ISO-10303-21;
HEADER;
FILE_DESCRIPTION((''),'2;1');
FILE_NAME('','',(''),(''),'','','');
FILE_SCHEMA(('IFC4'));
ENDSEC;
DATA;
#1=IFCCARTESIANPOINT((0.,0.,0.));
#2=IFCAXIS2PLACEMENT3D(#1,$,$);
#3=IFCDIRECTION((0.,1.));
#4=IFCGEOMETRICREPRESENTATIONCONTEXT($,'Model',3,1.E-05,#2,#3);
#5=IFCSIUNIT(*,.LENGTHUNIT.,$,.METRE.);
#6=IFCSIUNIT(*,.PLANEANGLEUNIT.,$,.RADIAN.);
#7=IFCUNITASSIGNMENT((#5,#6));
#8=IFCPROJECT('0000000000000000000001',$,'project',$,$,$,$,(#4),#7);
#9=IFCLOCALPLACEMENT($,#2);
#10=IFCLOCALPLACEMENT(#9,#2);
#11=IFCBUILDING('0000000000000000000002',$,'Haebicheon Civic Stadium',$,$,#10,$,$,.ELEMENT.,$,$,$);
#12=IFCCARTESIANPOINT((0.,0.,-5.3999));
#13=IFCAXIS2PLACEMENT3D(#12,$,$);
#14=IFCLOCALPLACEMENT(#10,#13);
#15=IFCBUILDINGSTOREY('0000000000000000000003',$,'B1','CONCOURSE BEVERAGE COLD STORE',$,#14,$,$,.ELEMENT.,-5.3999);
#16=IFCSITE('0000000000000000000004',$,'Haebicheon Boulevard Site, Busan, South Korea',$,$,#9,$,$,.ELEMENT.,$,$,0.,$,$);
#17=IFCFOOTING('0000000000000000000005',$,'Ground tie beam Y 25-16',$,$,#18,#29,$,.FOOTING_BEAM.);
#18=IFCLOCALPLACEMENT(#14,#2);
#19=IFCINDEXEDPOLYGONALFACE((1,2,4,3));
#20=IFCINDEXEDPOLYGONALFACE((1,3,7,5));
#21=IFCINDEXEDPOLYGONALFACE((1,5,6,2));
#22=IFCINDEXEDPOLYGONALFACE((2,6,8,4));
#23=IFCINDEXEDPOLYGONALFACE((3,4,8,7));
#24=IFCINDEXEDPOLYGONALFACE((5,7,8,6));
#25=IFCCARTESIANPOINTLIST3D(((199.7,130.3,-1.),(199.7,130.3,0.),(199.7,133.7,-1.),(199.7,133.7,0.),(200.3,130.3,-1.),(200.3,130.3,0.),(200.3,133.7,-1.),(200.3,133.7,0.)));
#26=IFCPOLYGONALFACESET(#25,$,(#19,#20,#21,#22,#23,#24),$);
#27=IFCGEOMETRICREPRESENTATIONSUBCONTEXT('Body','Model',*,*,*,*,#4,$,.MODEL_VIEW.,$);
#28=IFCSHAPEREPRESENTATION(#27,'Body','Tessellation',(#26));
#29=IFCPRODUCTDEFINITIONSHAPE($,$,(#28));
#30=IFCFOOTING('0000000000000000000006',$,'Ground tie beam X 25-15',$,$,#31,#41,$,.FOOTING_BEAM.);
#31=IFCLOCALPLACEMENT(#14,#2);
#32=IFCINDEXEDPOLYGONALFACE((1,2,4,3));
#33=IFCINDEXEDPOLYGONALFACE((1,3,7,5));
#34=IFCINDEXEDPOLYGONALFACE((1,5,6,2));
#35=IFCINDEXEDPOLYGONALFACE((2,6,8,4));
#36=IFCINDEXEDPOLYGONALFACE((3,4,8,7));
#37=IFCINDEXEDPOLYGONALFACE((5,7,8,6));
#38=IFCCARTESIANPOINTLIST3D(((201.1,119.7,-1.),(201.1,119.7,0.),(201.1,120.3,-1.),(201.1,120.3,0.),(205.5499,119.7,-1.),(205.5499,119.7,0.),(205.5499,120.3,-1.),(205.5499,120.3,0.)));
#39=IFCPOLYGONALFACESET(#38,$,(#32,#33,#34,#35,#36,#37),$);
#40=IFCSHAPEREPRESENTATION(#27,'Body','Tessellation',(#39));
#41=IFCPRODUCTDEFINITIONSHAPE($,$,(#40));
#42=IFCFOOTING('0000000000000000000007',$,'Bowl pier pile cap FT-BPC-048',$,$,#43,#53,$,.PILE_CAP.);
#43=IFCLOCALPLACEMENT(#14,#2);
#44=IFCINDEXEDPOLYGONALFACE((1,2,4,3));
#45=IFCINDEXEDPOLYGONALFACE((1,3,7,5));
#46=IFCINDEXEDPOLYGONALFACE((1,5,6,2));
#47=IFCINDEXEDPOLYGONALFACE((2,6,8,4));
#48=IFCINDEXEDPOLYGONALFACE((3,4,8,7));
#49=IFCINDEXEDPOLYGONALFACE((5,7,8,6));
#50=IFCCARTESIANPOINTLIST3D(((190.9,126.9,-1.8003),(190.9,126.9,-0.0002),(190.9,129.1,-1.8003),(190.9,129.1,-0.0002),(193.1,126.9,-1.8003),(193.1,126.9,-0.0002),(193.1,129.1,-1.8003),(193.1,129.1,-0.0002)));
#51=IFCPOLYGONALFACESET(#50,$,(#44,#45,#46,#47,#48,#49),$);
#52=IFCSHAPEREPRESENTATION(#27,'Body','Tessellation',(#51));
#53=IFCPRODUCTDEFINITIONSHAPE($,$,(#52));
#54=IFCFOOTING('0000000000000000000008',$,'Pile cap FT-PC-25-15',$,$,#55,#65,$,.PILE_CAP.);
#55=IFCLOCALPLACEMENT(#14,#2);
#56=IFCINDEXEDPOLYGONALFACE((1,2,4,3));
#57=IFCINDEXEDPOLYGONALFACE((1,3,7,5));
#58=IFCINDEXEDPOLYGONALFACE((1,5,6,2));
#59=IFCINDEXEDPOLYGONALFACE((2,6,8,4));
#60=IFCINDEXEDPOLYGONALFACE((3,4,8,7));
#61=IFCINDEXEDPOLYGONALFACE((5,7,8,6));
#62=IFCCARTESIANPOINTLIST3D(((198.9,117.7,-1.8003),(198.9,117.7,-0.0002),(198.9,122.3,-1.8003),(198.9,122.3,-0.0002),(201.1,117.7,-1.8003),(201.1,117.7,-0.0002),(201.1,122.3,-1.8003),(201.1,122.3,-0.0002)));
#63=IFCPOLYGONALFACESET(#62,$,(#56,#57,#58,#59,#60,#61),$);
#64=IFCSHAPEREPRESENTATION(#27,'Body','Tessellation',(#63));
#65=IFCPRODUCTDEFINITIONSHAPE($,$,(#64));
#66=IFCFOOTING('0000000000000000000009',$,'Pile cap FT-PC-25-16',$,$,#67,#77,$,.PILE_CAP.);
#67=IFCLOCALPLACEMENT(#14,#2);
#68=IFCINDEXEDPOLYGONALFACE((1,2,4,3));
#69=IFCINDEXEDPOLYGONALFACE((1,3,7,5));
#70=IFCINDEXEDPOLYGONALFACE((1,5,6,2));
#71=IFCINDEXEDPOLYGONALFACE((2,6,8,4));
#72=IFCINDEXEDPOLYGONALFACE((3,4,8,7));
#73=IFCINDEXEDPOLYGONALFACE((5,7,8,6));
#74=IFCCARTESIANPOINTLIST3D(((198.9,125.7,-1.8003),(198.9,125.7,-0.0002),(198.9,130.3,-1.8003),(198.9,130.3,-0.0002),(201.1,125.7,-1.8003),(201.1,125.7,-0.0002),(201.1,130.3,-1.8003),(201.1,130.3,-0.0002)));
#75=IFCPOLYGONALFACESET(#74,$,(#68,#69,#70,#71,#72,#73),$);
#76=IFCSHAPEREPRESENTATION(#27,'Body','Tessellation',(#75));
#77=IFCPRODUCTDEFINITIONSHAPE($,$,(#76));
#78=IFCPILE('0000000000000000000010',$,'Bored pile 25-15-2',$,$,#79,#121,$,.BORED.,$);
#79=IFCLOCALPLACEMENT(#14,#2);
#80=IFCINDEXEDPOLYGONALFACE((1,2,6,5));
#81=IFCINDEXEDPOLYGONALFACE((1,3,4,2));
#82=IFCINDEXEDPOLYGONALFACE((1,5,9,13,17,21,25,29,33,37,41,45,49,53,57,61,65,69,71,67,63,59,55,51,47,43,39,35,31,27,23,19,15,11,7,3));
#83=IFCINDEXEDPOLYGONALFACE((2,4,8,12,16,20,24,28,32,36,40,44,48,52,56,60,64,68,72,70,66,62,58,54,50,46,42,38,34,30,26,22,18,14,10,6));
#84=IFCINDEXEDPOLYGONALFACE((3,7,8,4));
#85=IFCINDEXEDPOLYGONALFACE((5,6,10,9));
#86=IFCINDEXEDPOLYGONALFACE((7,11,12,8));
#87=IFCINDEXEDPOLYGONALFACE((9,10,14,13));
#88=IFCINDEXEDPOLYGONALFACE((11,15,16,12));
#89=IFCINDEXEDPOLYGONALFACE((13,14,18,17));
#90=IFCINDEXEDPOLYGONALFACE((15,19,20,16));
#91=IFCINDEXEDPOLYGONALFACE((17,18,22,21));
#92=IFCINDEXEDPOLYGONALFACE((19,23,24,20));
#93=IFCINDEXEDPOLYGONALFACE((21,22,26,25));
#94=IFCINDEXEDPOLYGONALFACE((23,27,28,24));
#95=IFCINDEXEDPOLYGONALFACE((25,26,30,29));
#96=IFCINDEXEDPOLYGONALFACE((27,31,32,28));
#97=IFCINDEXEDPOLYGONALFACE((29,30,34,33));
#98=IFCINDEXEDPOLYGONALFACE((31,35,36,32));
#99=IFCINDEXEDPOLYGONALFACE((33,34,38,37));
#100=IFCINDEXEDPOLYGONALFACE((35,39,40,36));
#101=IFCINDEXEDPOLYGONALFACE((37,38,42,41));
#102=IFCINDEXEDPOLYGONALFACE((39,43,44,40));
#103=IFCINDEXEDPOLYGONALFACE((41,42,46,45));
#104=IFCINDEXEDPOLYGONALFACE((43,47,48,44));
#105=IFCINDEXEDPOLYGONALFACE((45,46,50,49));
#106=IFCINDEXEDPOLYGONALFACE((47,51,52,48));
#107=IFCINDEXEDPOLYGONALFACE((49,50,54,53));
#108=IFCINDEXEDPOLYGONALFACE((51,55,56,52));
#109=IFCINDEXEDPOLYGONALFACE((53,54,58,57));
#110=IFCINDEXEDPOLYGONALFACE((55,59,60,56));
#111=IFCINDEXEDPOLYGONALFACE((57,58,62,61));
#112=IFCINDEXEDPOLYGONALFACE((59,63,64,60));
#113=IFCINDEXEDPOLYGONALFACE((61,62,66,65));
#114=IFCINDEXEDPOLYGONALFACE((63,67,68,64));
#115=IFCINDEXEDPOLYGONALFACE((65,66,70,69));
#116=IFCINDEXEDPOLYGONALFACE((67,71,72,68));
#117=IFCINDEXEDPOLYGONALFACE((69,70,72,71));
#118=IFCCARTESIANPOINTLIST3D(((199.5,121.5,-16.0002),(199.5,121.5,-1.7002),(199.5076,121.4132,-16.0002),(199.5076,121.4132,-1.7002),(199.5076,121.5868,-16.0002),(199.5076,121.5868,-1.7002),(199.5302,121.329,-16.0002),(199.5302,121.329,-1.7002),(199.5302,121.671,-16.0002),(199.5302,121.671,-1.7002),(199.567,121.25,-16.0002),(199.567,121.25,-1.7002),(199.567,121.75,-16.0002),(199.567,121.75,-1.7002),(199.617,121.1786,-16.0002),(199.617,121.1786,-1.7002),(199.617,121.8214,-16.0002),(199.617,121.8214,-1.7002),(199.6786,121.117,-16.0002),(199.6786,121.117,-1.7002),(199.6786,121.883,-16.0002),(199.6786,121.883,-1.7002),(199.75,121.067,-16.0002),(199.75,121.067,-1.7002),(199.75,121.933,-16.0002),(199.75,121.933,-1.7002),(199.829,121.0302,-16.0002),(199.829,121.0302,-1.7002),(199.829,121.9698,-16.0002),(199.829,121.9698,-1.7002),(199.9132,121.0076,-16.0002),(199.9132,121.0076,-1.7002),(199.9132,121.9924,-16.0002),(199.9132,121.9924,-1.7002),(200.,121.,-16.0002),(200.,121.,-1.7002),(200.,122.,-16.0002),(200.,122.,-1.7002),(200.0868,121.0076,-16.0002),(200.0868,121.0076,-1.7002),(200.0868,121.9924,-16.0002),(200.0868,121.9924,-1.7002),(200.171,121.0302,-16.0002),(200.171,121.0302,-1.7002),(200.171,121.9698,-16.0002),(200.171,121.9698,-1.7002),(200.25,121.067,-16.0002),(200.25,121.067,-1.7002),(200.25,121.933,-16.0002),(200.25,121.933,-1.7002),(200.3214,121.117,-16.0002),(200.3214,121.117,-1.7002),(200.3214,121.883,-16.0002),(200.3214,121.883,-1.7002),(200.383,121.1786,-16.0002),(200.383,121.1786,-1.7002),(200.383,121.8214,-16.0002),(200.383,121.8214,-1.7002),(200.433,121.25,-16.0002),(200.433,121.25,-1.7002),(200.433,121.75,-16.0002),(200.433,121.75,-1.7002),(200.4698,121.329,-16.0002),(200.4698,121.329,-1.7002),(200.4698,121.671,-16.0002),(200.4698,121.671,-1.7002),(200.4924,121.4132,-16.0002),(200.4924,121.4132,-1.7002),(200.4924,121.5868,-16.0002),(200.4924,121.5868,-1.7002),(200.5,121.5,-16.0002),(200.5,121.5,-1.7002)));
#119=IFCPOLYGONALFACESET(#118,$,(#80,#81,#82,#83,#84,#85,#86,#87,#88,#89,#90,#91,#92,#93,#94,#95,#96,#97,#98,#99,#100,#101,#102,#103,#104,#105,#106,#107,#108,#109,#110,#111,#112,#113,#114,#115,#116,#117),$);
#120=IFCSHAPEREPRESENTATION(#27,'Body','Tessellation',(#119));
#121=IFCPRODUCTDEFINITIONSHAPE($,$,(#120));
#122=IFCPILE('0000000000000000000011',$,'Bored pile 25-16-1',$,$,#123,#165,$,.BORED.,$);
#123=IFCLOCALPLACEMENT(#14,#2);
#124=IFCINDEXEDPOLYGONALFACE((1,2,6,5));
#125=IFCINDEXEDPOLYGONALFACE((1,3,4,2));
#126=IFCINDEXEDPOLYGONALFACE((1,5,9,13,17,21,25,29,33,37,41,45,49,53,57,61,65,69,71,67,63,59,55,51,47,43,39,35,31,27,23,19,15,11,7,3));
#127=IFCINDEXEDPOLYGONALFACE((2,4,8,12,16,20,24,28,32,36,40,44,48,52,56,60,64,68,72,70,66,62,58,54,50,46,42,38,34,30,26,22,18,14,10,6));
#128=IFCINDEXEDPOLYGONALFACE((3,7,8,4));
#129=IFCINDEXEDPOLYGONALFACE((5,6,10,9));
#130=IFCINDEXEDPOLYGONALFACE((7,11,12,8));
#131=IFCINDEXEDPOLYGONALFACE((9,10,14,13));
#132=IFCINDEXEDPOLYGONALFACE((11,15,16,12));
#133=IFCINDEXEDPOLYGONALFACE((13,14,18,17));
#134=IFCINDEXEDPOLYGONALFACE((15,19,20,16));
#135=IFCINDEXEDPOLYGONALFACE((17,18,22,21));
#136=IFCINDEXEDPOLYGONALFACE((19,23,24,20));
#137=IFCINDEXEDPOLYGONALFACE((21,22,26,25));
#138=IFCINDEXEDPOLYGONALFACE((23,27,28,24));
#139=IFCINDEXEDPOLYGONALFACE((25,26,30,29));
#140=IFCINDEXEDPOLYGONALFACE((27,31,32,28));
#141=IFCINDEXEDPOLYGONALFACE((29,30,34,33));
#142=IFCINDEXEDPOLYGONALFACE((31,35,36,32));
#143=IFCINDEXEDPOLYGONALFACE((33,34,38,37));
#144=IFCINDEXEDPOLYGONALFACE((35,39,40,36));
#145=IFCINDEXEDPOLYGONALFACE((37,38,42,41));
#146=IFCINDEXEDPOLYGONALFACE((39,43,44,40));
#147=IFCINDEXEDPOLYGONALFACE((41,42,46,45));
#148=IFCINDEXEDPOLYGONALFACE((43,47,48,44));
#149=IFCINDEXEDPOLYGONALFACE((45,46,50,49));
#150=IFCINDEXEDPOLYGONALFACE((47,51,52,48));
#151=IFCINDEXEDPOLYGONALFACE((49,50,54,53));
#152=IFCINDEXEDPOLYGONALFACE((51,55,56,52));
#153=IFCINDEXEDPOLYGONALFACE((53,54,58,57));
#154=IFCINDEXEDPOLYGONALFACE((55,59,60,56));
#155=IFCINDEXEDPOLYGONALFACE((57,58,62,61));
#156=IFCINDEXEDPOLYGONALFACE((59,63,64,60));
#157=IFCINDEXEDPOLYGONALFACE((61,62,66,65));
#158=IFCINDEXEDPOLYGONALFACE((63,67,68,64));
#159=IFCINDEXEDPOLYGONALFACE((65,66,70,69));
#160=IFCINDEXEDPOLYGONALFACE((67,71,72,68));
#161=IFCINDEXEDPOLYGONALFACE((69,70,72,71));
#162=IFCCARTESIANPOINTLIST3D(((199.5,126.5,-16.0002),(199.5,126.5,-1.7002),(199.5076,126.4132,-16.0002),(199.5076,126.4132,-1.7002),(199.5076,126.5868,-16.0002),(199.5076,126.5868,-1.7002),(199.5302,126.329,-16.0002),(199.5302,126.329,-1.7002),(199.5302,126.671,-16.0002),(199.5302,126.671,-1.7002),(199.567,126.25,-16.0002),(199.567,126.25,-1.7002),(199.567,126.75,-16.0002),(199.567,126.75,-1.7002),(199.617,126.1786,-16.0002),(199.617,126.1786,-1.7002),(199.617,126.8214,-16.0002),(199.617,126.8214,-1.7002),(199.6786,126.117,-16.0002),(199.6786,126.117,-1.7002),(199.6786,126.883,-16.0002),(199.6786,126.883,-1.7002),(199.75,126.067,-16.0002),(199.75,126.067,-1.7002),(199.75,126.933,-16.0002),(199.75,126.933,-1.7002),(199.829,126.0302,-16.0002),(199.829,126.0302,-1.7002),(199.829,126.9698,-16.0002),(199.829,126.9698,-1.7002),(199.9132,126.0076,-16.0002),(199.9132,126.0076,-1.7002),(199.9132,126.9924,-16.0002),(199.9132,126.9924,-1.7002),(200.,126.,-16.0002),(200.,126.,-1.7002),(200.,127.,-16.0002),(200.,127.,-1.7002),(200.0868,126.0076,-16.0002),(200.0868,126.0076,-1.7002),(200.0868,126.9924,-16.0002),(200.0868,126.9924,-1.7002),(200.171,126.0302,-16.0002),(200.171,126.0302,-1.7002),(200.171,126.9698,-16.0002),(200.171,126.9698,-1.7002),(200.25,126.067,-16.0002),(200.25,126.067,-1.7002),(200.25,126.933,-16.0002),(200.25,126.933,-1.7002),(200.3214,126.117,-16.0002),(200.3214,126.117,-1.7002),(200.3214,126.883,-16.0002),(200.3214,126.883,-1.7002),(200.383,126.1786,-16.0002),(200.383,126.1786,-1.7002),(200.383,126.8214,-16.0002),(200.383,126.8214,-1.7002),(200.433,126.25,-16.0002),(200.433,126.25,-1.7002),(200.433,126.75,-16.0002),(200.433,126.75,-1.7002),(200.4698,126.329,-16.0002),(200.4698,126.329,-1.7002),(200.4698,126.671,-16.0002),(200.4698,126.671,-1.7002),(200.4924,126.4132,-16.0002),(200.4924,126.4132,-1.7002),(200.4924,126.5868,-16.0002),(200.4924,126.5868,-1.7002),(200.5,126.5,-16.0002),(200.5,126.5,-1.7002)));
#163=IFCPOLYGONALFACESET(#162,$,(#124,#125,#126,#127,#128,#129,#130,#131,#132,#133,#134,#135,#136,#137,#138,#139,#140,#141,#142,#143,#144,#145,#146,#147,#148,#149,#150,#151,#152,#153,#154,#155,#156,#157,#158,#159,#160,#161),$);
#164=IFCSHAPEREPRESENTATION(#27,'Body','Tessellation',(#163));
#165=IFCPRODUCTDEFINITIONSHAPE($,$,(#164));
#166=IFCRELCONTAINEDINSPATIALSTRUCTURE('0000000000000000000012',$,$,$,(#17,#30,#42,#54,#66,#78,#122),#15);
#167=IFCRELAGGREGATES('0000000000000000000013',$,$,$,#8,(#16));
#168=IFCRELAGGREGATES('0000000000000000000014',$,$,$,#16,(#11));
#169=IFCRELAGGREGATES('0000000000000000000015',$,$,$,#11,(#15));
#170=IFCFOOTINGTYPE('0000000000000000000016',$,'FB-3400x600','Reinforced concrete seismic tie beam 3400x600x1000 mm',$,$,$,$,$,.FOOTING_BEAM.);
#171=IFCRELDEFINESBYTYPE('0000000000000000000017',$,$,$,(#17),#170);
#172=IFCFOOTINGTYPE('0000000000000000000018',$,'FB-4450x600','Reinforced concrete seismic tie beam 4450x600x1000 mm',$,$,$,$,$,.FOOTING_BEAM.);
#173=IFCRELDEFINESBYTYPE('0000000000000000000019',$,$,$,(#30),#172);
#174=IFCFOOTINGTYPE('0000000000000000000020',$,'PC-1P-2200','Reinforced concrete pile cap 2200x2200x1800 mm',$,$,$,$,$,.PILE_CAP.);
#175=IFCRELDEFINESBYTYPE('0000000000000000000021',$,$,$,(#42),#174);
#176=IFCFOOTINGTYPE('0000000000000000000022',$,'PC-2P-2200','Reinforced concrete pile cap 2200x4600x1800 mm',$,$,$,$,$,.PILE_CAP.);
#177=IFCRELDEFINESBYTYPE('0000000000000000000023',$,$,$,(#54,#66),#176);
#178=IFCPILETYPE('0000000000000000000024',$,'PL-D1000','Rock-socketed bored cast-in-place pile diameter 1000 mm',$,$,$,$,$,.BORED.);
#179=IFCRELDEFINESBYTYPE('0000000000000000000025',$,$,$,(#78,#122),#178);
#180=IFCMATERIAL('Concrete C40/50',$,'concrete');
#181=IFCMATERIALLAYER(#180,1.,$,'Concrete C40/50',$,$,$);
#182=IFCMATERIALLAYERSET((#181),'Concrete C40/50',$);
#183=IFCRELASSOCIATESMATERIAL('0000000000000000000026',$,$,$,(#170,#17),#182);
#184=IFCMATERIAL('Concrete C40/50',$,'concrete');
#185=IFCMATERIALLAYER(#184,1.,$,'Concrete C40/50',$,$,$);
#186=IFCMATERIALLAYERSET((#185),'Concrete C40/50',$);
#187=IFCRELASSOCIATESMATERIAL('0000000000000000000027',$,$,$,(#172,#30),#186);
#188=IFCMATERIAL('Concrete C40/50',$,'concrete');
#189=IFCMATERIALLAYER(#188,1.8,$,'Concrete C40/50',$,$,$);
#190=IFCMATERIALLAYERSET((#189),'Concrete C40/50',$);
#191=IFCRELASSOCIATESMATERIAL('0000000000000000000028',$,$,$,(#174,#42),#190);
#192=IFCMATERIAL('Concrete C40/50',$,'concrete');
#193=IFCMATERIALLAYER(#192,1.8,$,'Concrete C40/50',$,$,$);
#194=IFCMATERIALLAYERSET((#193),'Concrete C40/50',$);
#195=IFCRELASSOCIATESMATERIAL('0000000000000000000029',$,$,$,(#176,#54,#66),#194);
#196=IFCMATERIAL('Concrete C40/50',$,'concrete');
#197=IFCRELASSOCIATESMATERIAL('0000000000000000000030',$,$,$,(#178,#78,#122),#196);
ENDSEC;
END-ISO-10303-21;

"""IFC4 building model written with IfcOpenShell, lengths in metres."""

from ifc_helpers import new_model, si_unit, direction, frame, origin, origin_2d, place, context, subcontext, project, spatial, rectangle, circle, extrude, material, layer, layer_set, material_profile, profile_set, type_object, element, save


model = new_model("IFC4")

# Units and contexts
model_context = context("Model", 3, precision=1e-05, world=origin(), true_north=direction((0.0, 1.0)))
body_context = subcontext(model_context, "Body", "Model", "MODEL_VIEW")
ifc_project = project(units=[si_unit("LENGTHUNIT", "METRE"), si_unit("PLANEANGLEUNIT", "RADIAN")], contexts=[model_context])

# Site, building, storey
site_placement = place(None, origin())
site = spatial("IfcSite", under=ifc_project, at=site_placement, Name="Haebicheon Boulevard Site, Busan, South Korea", CompositionType="ELEMENT", RefElevation=0.0)
building_placement = place(site_placement, origin())
building = spatial("IfcBuilding", under=site, at=building_placement, Name="Haebicheon Civic Stadium", CompositionType="ELEMENT")
storey_placement = place(building_placement, frame((0.0, 0.0, -5.3999)))
storey = spatial("IfcBuildingStorey", under=building, at=storey_placement, Name="B1", Description="CONCOURSE BEVERAGE COLD STORE", CompositionType="ELEMENT", Elevation=-5.3999)

# Footings
ifc_material_1 = material(Name="Concrete C40/50", Category="concrete")
ifc_layer_1 = layer(ifc_material_1, 1.0, Name="Concrete C40/50")
ifc_layer_set_1 = layer_set([ifc_layer_1], Name="Concrete C40/50")
footing_type_1 = type_object("IfcFootingType", Name="FB-3400x600", Description="Reinforced concrete seismic tie beam 3400x600x1000 mm", PredefinedType="FOOTING_BEAM", material=ifc_layer_set_1)
footing_1_placement = place(storey_placement, frame((200.0, 132.0, -1.0), z_axis=(0.0, 0.0, 1.0), x_axis=(0.0, 1.0, 0.0)))
element("IfcFooting", 1, at=footing_1_placement, inside=storey, type_object=footing_type_1, material=ifc_layer_set_1, Name="Ground tie beam Y 25-16", PredefinedType="FOOTING_BEAM", context=body_context, shape_type="SweptSolid", body=[
    extrude(rectangle(XDim=3.3999, YDim=0.6001, at=origin_2d()), origin(), (0.0, 0.0, 1.0), 1.0),
])
ifc_material_2 = material(Name="Concrete C40/50", Category="concrete")
ifc_layer_2 = layer(ifc_material_2, 1.0, Name="Concrete C40/50")
ifc_layer_set_2 = layer_set([ifc_layer_2], Name="Concrete C40/50")
footing_type_2 = type_object("IfcFootingType", Name="FB-4450x600", Description="Reinforced concrete seismic tie beam 4450x600x1000 mm", PredefinedType="FOOTING_BEAM", material=ifc_layer_set_2)
footing_2_placement = place(storey_placement, frame((203.325, 120.0, -1.0), z_axis=(0.0, 0.0, 1.0), x_axis=(1.0, 0.0, 0.0)))
element("IfcFooting", 2, at=footing_2_placement, inside=storey, type_object=footing_type_2, material=ifc_layer_set_2, Name="Ground tie beam X 25-15", PredefinedType="FOOTING_BEAM", context=body_context, shape_type="SweptSolid", body=[
    extrude(rectangle(XDim=4.45, YDim=0.6001, at=origin_2d()), origin(), (0.0, 0.0, 1.0), 1.0),
])
ifc_material_3 = material(Name="Concrete C40/50", Category="concrete")
ifc_layer_3 = layer(ifc_material_3, 1.8, Name="Concrete C40/50")
ifc_layer_set_3 = layer_set([ifc_layer_3], Name="Concrete C40/50")
footing_type_3 = type_object("IfcFootingType", Name="PC-1P-2200", Description="Reinforced concrete pile cap 2200x2200x1800 mm", PredefinedType="PILE_CAP", material=ifc_layer_set_3)
footing_3_placement = place(storey_placement, frame((192.0, 128.0, -1.8003), z_axis=(0.0, 0.0, 1.0), x_axis=(1.0, 0.0, 0.0)))
element("IfcFooting", 3, at=footing_3_placement, inside=storey, type_object=footing_type_3, material=ifc_layer_set_3, Name="Bowl pier pile cap FT-BPC-048", PredefinedType="PILE_CAP", context=body_context, shape_type="SweptSolid", body=[
    extrude(rectangle(XDim=2.2, YDim=2.2, at=origin_2d()), origin(), (0.0, 0.0, 1.0), 1.8),
])
ifc_material_4 = material(Name="Concrete C40/50", Category="concrete")
ifc_layer_4 = layer(ifc_material_4, 1.8, Name="Concrete C40/50")
ifc_layer_set_4 = layer_set([ifc_layer_4], Name="Concrete C40/50")
footing_type_4 = type_object("IfcFootingType", Name="PC-2P-2200", Description="Reinforced concrete pile cap 2200x4600x1800 mm", PredefinedType="PILE_CAP", material=ifc_layer_set_4)
for number, where, z_axis, x_axis, name in (
    (4, (200.0, 120.0, -1.8003), (0.0, 0.0, 1.0), (1.0, 0.0, 0.0), "Pile cap FT-PC-25-15"),
    (5, (200.0, 128.0, -1.8003), (0.0, 0.0, 1.0), (1.0, 0.0, 0.0), "Pile cap FT-PC-25-16"),
):
    element("IfcFooting", number, at=place(storey_placement, frame(where, z_axis=z_axis, x_axis=x_axis)), inside=storey, type_object=footing_type_4, material=ifc_layer_set_4, Name=name, PredefinedType="PILE_CAP", context=body_context, shape_type="SweptSolid", body=[
        extrude(rectangle(XDim=2.2, YDim=4.6001, at=origin_2d()), origin(), (0.0, 0.0, 1.0), 1.8),
    ])

# Piles
ifc_material_5 = material(Name="Concrete C40/50", Category="concrete")
ifc_material_profile_1 = material_profile(ifc_material_5, circle(Radius=0.5, at=origin_2d()), Name="PILE-D1000")
ifc_profile_set_1 = profile_set([ifc_material_profile_1], Name="Concrete C40/50")
pile_type = type_object("IfcPileType", Name="PL-D1000", Description="Rock-socketed bored cast-in-place pile diameter 1000 mm", PredefinedType="BORED", material=ifc_profile_set_1)
for number, where, z_axis, x_axis, name in (
    (6, (200.0, 121.5, -1.7002), (0.0, 0.0, -1.0), (1.0, 0.0, 0.0), "Bored pile 25-15-2"),
    (7, (200.0, 126.5, -1.7002), (0.0, 0.0, -1.0), (1.0, 0.0, 0.0), "Bored pile 25-16-1"),
):
    element("IfcPile", number, at=place(storey_placement, frame(where, z_axis=z_axis, x_axis=x_axis)), inside=storey, type_object=pile_type, material=ifc_profile_set_1, Name=name, PredefinedType="BORED", context=body_context, shape_type="SweptSolid", body=[
        extrude(circle(Radius=0.5, at=origin_2d()), origin(), (0.0, 0.0, 1.0), 14.3),
    ])

save(model, "model.ifc")
